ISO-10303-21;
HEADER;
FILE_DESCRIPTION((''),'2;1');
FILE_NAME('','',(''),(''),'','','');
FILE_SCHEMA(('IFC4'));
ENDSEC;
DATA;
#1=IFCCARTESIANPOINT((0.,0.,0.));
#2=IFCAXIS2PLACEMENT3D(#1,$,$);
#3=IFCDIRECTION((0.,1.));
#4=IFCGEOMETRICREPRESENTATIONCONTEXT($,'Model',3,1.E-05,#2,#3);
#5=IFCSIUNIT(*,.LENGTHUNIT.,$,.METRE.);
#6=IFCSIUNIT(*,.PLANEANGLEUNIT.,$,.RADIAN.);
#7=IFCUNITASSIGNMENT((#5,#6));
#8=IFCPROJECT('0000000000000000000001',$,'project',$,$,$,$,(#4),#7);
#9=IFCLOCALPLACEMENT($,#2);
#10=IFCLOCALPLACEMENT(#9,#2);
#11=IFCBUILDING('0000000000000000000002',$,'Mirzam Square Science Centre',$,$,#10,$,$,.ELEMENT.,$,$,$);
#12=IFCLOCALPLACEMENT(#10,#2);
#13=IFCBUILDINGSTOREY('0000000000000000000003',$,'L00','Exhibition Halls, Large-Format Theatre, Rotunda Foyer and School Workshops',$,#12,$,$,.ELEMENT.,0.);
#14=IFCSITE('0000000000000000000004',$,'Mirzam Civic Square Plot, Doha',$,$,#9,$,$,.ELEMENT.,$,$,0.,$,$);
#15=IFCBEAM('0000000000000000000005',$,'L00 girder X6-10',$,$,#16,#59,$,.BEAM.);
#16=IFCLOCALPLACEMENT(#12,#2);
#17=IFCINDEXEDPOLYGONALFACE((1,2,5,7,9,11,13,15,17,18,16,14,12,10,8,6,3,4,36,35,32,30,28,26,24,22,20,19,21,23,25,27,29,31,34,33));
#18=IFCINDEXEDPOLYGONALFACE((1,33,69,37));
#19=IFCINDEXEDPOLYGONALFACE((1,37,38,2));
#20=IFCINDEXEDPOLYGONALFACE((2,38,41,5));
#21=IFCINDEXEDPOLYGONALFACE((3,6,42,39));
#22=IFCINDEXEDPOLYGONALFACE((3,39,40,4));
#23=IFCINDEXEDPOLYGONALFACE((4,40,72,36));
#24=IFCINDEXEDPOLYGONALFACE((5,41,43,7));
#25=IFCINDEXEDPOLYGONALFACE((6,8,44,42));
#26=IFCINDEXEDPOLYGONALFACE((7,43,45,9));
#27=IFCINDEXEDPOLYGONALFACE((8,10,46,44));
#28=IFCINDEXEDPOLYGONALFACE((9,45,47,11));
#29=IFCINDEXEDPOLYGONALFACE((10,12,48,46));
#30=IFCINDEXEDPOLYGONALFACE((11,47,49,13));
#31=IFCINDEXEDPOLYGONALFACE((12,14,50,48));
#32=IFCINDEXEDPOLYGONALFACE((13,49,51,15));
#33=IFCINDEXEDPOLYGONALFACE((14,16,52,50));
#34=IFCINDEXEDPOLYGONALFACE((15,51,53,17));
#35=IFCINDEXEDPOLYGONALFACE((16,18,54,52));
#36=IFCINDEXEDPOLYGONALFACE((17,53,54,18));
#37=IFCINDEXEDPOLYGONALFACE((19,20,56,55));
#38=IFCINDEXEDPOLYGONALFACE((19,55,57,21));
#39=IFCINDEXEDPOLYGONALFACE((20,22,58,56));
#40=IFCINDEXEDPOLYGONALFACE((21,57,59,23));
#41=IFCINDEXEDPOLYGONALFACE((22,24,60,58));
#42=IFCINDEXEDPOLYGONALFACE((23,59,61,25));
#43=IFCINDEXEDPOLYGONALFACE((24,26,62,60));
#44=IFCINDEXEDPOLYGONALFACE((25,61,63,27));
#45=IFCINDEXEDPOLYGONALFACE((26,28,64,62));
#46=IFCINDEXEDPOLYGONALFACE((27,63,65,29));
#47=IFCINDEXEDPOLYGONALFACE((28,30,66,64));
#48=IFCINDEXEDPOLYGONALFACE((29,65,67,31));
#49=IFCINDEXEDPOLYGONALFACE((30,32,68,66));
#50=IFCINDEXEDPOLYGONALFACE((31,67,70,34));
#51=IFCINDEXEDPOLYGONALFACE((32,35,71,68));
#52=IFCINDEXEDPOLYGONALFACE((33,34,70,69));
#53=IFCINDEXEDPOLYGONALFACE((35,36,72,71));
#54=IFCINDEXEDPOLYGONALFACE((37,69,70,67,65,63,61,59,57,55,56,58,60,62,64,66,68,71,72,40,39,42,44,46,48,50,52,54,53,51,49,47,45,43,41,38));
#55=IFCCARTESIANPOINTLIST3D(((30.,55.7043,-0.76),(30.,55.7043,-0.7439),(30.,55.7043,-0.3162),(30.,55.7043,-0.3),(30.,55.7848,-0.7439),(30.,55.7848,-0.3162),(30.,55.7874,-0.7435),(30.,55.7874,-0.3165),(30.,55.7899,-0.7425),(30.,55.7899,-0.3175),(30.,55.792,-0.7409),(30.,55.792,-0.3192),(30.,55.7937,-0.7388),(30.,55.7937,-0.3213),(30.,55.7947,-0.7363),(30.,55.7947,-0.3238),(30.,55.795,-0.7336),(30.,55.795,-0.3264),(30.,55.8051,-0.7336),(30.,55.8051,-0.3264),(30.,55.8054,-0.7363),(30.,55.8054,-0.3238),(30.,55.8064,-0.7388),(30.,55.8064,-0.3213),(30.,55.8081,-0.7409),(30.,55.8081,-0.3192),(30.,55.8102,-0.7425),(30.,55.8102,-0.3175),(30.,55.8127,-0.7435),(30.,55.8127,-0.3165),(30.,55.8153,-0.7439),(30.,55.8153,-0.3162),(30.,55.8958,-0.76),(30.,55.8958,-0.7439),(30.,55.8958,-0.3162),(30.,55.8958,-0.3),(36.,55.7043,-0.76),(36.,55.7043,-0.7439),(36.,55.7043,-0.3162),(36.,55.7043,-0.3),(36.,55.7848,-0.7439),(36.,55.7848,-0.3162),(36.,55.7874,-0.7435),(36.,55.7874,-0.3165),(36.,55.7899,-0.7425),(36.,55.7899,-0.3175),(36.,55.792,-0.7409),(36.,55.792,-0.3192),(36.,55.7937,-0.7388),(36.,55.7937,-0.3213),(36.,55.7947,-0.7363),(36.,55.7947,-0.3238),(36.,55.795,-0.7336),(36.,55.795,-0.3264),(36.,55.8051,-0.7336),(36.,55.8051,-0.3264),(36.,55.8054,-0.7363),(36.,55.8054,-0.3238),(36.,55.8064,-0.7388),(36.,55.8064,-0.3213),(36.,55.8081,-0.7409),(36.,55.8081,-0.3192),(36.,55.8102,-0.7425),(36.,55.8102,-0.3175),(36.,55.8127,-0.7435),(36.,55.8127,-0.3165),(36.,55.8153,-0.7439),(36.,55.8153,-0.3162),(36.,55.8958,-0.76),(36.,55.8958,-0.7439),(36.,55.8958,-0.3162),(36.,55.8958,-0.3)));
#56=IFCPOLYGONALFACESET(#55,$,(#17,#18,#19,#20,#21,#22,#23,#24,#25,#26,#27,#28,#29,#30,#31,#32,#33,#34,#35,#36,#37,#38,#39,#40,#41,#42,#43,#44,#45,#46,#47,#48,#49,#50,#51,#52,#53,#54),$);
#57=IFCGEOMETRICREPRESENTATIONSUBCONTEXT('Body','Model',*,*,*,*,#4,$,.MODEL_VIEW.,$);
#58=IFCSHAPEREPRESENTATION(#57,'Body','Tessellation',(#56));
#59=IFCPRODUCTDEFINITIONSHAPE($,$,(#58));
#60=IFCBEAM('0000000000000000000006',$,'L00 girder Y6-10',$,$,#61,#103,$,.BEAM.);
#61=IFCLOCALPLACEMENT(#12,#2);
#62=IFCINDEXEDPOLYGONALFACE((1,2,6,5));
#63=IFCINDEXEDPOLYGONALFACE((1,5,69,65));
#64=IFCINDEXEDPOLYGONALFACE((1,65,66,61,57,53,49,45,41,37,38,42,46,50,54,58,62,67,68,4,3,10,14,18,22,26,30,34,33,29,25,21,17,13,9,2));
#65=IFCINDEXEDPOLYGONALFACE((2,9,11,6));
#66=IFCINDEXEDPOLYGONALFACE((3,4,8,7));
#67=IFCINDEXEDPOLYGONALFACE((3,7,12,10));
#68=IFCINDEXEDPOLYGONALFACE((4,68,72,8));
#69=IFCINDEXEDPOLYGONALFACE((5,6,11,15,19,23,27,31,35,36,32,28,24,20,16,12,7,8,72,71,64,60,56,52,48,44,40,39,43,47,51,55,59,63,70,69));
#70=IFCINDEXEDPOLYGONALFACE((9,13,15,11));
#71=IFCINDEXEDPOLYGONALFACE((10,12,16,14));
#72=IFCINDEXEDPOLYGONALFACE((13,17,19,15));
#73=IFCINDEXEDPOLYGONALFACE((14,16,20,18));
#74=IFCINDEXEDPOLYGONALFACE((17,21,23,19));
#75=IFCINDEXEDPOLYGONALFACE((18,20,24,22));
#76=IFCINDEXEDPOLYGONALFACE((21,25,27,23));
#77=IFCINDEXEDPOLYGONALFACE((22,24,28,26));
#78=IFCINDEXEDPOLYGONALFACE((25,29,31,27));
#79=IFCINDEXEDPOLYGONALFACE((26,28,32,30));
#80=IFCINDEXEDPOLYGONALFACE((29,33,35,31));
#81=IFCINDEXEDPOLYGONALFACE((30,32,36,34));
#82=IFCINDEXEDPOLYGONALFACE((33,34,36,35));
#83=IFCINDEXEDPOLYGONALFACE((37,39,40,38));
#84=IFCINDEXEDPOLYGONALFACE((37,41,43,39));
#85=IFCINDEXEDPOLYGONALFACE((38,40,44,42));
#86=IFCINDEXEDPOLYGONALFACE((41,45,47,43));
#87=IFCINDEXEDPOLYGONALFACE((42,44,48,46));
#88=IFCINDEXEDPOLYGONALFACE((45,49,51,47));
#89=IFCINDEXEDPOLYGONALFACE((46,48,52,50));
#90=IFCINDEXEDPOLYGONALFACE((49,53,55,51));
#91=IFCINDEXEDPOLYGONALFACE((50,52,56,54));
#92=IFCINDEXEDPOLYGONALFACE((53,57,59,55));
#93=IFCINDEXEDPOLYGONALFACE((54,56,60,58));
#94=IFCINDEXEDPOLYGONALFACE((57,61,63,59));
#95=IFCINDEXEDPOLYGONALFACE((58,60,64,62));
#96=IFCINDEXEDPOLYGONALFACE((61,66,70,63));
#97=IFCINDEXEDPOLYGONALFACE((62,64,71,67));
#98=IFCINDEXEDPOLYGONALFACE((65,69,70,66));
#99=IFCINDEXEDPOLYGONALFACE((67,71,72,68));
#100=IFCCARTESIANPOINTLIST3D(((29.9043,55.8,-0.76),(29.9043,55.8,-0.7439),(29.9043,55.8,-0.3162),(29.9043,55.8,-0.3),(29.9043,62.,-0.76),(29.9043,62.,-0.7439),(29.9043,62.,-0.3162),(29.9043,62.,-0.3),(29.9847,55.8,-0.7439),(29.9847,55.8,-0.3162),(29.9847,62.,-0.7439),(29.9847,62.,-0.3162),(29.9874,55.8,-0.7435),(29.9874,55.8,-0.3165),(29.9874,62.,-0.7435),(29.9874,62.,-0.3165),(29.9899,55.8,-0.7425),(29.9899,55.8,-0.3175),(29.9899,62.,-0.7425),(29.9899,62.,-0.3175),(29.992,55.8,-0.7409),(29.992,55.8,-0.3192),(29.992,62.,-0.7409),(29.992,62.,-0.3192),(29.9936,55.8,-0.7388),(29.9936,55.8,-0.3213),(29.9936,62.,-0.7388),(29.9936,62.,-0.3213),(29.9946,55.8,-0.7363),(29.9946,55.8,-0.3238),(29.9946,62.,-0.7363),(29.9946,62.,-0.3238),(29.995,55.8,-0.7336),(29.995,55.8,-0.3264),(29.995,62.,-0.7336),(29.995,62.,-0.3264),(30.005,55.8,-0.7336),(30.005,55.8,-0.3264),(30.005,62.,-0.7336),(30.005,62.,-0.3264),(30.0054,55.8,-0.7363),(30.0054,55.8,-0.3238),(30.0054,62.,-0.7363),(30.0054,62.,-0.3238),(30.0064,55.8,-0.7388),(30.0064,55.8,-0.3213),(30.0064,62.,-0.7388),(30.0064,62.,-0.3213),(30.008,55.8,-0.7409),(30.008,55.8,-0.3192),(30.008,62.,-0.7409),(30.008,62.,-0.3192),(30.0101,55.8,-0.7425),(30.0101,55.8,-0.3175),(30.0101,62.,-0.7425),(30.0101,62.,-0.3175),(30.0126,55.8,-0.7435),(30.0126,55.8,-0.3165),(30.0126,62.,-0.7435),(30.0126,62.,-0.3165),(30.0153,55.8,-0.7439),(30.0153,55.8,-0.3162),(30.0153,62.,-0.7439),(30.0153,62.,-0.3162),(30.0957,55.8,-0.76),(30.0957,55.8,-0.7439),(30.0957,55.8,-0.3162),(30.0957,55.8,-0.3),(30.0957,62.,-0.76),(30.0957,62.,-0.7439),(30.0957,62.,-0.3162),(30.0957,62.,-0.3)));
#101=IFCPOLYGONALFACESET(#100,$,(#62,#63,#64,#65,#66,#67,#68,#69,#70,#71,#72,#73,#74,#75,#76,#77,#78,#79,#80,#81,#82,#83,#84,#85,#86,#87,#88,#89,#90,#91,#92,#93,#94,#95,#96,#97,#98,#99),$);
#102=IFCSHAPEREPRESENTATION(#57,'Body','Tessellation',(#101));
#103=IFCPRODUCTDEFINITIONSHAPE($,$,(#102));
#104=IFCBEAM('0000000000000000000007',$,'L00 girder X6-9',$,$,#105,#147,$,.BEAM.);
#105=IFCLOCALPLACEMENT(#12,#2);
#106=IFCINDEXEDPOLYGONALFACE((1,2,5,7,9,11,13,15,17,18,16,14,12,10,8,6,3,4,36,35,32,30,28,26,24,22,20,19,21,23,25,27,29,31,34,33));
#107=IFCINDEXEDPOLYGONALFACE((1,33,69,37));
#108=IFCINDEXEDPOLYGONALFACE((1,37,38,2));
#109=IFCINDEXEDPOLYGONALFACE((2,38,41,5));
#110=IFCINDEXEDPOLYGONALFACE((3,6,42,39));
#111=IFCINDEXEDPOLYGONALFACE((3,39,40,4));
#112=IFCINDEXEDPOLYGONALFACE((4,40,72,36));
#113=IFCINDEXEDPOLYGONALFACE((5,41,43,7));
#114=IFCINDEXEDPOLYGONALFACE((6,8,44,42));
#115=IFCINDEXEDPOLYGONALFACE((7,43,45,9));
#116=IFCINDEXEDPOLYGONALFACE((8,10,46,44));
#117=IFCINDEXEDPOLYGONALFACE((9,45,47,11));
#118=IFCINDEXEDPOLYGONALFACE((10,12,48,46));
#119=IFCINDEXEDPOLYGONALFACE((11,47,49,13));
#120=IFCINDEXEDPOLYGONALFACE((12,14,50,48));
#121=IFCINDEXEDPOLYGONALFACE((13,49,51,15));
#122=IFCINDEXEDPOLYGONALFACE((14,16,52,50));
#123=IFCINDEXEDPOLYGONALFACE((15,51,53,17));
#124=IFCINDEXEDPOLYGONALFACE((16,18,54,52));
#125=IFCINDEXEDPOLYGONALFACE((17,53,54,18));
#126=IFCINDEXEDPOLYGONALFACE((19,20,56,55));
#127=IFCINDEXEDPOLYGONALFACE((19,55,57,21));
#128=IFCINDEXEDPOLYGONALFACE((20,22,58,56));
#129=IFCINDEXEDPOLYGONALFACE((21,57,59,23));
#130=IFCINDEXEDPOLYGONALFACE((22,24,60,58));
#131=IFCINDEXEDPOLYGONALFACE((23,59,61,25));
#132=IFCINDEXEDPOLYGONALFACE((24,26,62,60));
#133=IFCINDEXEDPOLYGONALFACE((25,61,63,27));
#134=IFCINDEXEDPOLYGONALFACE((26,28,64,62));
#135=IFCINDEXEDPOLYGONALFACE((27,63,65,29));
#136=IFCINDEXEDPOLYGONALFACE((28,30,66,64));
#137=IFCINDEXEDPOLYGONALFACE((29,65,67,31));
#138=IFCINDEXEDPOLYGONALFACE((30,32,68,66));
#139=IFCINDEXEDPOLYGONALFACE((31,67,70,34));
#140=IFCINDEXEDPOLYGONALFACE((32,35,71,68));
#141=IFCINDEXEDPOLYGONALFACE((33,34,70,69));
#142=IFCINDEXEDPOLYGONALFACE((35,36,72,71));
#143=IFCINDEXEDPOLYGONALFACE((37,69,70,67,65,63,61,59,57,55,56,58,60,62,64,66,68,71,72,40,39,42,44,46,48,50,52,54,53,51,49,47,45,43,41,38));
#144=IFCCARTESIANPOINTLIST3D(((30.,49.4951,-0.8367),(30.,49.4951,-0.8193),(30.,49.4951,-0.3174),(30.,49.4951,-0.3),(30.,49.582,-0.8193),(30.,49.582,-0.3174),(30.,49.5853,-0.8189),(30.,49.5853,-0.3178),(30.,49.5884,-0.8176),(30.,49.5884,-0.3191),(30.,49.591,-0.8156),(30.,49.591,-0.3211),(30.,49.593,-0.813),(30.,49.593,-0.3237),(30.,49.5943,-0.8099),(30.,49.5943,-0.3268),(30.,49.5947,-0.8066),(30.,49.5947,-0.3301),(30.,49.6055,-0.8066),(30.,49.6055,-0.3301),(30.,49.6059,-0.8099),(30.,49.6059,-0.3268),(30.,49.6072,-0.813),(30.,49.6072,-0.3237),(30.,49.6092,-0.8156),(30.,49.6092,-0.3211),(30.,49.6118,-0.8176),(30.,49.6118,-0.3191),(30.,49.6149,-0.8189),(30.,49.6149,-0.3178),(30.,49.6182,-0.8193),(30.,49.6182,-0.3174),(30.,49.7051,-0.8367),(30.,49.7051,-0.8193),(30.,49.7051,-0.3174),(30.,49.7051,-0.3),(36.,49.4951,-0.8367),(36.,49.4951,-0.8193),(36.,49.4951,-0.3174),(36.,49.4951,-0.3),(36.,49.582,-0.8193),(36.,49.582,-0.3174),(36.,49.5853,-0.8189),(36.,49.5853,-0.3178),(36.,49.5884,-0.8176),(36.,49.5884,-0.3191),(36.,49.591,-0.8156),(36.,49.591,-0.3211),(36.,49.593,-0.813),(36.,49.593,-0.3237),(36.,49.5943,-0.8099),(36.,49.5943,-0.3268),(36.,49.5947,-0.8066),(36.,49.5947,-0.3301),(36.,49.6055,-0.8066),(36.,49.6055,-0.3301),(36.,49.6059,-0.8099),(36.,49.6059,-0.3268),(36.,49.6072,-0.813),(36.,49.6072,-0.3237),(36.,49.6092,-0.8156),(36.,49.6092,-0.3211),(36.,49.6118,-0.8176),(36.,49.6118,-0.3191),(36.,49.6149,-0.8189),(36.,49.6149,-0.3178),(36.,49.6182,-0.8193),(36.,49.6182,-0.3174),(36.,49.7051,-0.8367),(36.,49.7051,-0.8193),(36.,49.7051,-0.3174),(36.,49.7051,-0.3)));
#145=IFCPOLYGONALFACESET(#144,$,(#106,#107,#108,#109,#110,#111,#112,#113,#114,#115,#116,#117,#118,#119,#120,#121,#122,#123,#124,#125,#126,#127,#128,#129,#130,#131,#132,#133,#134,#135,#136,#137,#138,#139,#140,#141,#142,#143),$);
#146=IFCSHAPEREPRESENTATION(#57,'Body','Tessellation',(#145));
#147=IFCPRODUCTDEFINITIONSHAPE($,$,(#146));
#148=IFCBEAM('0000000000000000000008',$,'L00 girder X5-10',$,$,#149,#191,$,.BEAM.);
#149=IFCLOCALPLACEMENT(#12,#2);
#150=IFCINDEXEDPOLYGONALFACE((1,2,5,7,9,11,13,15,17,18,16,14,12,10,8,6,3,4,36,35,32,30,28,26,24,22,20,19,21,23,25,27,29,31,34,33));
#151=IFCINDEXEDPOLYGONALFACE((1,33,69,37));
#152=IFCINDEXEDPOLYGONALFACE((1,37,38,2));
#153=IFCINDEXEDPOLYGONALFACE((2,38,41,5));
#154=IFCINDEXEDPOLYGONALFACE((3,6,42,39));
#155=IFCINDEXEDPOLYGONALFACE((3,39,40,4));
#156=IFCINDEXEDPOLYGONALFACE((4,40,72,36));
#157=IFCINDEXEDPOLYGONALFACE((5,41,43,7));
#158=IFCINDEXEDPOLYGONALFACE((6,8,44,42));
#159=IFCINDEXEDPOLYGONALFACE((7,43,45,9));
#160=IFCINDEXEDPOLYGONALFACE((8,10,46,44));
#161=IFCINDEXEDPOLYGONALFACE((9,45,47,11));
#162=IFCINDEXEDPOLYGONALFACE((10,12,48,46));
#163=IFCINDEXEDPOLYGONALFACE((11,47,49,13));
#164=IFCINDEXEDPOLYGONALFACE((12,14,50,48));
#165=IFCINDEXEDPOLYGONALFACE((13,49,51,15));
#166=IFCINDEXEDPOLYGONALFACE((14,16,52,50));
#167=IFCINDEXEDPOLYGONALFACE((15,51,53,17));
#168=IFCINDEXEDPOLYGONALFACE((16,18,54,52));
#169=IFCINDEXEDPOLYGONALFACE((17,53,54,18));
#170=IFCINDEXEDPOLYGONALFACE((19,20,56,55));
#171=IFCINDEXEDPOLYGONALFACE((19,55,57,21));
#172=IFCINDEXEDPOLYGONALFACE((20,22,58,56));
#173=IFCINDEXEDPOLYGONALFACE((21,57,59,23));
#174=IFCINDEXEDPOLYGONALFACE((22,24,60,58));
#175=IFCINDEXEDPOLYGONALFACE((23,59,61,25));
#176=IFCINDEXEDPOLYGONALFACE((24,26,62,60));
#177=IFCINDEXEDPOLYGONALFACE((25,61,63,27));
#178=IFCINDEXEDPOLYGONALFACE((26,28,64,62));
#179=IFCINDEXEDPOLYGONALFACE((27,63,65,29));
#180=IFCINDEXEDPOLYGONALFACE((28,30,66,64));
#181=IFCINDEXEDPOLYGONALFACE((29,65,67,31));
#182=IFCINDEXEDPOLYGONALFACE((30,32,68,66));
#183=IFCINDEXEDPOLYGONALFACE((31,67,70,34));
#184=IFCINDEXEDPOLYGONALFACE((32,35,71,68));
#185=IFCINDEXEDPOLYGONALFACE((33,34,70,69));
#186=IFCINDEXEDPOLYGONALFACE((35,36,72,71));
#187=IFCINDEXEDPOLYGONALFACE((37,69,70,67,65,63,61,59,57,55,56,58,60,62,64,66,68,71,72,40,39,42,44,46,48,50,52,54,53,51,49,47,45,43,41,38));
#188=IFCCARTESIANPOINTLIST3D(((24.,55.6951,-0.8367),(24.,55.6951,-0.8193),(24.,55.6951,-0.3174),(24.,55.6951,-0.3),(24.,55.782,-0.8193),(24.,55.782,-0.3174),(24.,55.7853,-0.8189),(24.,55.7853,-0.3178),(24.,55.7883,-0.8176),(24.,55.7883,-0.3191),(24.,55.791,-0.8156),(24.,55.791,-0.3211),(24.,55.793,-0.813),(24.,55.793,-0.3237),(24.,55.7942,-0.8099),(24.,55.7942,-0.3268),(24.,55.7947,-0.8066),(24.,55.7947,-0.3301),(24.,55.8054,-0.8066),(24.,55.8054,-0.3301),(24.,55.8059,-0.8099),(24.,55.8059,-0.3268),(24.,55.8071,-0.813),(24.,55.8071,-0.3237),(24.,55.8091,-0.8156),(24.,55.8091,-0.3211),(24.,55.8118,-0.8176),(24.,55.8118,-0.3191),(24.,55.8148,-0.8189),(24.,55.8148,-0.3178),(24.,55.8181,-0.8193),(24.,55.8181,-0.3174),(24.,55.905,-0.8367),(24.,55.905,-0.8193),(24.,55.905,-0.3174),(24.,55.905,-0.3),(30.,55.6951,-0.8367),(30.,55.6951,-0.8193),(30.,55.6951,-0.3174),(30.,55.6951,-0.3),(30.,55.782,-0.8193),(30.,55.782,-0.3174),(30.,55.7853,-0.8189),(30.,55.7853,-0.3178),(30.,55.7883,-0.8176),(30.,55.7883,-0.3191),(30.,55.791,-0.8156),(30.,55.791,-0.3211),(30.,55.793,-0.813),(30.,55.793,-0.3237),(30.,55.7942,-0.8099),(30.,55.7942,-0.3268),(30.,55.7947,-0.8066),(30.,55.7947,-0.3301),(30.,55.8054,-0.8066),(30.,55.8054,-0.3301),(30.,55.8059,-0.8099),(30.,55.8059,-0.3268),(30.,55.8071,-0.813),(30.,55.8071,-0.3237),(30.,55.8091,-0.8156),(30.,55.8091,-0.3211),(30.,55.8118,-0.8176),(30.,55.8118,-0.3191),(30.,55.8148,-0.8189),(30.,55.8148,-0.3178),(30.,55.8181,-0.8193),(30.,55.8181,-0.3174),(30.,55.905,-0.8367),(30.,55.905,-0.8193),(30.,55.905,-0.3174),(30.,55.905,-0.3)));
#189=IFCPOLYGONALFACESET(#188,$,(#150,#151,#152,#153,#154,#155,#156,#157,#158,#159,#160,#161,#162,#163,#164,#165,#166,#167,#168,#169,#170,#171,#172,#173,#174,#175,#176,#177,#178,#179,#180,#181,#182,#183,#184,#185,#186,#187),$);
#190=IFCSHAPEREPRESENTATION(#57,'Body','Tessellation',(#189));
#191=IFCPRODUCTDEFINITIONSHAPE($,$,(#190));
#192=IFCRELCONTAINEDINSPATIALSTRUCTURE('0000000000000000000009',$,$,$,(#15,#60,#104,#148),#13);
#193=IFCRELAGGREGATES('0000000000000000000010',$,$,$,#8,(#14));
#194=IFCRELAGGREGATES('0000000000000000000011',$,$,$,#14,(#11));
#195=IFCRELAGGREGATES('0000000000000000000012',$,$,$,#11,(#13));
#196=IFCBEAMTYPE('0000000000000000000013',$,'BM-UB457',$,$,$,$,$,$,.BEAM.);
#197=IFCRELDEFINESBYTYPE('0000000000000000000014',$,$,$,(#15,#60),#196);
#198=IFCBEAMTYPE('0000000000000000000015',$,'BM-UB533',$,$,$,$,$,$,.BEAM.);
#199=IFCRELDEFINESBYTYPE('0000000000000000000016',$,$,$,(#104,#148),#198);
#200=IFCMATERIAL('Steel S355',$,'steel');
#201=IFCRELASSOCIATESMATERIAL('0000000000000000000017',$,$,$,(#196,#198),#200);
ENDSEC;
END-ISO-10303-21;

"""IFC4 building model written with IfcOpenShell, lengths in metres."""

from ifc_helpers import new_model, si_unit, direction, frame, origin, origin_2d, place, context, subcontext, project, spatial, i_section, extrude, material, material_profile, profile_set, type_object, element, save


model = new_model("IFC4")

# Units and contexts
model_context = context("Model", 3, precision=1e-05, world=origin(), true_north=direction((0.0, 1.0)))
body_context = subcontext(model_context, "Body", "Model", "MODEL_VIEW")
ifc_project = project(units=[si_unit("LENGTHUNIT", "METRE"), si_unit("PLANEANGLEUNIT", "RADIAN")], contexts=[model_context])

# Site, building, storey
site_placement = place(None, origin())
site = spatial("IfcSite", under=ifc_project, at=site_placement, Name="Mirzam Civic Square Plot, Doha", CompositionType="ELEMENT", RefElevation=0.0)
building_placement = place(site_placement, origin())
building = spatial("IfcBuilding", under=site, at=building_placement, Name="Mirzam Square Science Centre", CompositionType="ELEMENT")
storey_placement = place(building_placement, origin())
storey = spatial("IfcBuildingStorey", under=building, at=storey_placement, Name="L00", Description="Exhibition Halls, Large-Format Theatre, Rotunda Foyer and School Workshops", CompositionType="ELEMENT", Elevation=0.0)

# Shared definitions
ifc_material_1 = material(Name="Steel S355", Category="steel")

# Beams
ifc_material_profile_1 = material_profile(ifc_material_1, i_section(OverallWidth=0.1914, OverallDepth=0.46, WebThickness=0.01, FlangeThickness=0.0161, FilletRadius=0.0103, at=origin_2d()), Name="457x191x82UB")
ifc_profile_set_1 = profile_set([ifc_material_profile_1], Name="Steel S355")
beam_type_1 = type_object("IfcBeamType", Name="BM-UB457", PredefinedType="BEAM", material=ifc_profile_set_1)
beam_1_placement = place(storey_placement, frame((30.0, 55.8, -0.53), z_axis=(1.0, 0.0, 0.0), x_axis=(0.0, 1.0, 0.0)))
element("IfcBeam", 1, at=beam_1_placement, inside=storey, type_object=beam_type_1, Name="L00 girder X6-10", PredefinedType="BEAM", context=body_context, shape_type="SweptSolid", body=[
    extrude(i_section(OverallWidth=0.1914, OverallDepth=0.46, WebThickness=0.01, FlangeThickness=0.0161, FilletRadius=0.0103, at=origin_2d()), origin(), (0.0, 0.0, 1.0), 6.0),
])
beam_2_placement = place(storey_placement, frame((30.0, 55.8, -0.53), z_axis=(0.0, 1.0, 0.0), x_axis=(-1.0, 0.0, 0.0)))
element("IfcBeam", 2, at=beam_2_placement, inside=storey, type_object=beam_type_1, Name="L00 girder Y6-10", PredefinedType="BEAM", context=body_context, shape_type="SweptSolid", body=[
    extrude(i_section(OverallWidth=0.1914, OverallDepth=0.46, WebThickness=0.01, FlangeThickness=0.0161, FilletRadius=0.0103, at=origin_2d()), origin(), (0.0, 0.0, 1.0), 6.2),
])
ifc_material_profile_2 = material_profile(ifc_material_1, i_section(OverallWidth=0.21, OverallDepth=0.5366, WebThickness=0.0107, FlangeThickness=0.0173, FilletRadius=0.0127, at=origin_2d()), Name="533x210x101UB")
ifc_profile_set_2 = profile_set([ifc_material_profile_2], Name="Steel S355")
beam_type_2 = type_object("IfcBeamType", Name="BM-UB533", PredefinedType="BEAM", material=ifc_profile_set_2)
for number, where, z_axis, x_axis, name in (
    (3, (30.0, 49.6001, -0.5684), (1.0, 0.0, 0.0), (0.0, 1.0, 0.0), "L00 girder X6-9"),
    (4, (24.0, 55.8, -0.5684), (1.0, 0.0, 0.0), (0.0, 1.0, 0.0), "L00 girder X5-10"),
):
    element("IfcBeam", number, at=place(storey_placement, frame(where, z_axis=z_axis, x_axis=x_axis)), inside=storey, type_object=beam_type_2, Name=name, PredefinedType="BEAM", context=body_context, shape_type="SweptSolid", body=[
        extrude(i_section(OverallWidth=0.21, OverallDepth=0.5366, WebThickness=0.0107, FlangeThickness=0.0173, FilletRadius=0.0127, at=origin_2d()), origin(), (0.0, 0.0, 1.0), 6.0),
    ])

save(model, "model.ifc")
